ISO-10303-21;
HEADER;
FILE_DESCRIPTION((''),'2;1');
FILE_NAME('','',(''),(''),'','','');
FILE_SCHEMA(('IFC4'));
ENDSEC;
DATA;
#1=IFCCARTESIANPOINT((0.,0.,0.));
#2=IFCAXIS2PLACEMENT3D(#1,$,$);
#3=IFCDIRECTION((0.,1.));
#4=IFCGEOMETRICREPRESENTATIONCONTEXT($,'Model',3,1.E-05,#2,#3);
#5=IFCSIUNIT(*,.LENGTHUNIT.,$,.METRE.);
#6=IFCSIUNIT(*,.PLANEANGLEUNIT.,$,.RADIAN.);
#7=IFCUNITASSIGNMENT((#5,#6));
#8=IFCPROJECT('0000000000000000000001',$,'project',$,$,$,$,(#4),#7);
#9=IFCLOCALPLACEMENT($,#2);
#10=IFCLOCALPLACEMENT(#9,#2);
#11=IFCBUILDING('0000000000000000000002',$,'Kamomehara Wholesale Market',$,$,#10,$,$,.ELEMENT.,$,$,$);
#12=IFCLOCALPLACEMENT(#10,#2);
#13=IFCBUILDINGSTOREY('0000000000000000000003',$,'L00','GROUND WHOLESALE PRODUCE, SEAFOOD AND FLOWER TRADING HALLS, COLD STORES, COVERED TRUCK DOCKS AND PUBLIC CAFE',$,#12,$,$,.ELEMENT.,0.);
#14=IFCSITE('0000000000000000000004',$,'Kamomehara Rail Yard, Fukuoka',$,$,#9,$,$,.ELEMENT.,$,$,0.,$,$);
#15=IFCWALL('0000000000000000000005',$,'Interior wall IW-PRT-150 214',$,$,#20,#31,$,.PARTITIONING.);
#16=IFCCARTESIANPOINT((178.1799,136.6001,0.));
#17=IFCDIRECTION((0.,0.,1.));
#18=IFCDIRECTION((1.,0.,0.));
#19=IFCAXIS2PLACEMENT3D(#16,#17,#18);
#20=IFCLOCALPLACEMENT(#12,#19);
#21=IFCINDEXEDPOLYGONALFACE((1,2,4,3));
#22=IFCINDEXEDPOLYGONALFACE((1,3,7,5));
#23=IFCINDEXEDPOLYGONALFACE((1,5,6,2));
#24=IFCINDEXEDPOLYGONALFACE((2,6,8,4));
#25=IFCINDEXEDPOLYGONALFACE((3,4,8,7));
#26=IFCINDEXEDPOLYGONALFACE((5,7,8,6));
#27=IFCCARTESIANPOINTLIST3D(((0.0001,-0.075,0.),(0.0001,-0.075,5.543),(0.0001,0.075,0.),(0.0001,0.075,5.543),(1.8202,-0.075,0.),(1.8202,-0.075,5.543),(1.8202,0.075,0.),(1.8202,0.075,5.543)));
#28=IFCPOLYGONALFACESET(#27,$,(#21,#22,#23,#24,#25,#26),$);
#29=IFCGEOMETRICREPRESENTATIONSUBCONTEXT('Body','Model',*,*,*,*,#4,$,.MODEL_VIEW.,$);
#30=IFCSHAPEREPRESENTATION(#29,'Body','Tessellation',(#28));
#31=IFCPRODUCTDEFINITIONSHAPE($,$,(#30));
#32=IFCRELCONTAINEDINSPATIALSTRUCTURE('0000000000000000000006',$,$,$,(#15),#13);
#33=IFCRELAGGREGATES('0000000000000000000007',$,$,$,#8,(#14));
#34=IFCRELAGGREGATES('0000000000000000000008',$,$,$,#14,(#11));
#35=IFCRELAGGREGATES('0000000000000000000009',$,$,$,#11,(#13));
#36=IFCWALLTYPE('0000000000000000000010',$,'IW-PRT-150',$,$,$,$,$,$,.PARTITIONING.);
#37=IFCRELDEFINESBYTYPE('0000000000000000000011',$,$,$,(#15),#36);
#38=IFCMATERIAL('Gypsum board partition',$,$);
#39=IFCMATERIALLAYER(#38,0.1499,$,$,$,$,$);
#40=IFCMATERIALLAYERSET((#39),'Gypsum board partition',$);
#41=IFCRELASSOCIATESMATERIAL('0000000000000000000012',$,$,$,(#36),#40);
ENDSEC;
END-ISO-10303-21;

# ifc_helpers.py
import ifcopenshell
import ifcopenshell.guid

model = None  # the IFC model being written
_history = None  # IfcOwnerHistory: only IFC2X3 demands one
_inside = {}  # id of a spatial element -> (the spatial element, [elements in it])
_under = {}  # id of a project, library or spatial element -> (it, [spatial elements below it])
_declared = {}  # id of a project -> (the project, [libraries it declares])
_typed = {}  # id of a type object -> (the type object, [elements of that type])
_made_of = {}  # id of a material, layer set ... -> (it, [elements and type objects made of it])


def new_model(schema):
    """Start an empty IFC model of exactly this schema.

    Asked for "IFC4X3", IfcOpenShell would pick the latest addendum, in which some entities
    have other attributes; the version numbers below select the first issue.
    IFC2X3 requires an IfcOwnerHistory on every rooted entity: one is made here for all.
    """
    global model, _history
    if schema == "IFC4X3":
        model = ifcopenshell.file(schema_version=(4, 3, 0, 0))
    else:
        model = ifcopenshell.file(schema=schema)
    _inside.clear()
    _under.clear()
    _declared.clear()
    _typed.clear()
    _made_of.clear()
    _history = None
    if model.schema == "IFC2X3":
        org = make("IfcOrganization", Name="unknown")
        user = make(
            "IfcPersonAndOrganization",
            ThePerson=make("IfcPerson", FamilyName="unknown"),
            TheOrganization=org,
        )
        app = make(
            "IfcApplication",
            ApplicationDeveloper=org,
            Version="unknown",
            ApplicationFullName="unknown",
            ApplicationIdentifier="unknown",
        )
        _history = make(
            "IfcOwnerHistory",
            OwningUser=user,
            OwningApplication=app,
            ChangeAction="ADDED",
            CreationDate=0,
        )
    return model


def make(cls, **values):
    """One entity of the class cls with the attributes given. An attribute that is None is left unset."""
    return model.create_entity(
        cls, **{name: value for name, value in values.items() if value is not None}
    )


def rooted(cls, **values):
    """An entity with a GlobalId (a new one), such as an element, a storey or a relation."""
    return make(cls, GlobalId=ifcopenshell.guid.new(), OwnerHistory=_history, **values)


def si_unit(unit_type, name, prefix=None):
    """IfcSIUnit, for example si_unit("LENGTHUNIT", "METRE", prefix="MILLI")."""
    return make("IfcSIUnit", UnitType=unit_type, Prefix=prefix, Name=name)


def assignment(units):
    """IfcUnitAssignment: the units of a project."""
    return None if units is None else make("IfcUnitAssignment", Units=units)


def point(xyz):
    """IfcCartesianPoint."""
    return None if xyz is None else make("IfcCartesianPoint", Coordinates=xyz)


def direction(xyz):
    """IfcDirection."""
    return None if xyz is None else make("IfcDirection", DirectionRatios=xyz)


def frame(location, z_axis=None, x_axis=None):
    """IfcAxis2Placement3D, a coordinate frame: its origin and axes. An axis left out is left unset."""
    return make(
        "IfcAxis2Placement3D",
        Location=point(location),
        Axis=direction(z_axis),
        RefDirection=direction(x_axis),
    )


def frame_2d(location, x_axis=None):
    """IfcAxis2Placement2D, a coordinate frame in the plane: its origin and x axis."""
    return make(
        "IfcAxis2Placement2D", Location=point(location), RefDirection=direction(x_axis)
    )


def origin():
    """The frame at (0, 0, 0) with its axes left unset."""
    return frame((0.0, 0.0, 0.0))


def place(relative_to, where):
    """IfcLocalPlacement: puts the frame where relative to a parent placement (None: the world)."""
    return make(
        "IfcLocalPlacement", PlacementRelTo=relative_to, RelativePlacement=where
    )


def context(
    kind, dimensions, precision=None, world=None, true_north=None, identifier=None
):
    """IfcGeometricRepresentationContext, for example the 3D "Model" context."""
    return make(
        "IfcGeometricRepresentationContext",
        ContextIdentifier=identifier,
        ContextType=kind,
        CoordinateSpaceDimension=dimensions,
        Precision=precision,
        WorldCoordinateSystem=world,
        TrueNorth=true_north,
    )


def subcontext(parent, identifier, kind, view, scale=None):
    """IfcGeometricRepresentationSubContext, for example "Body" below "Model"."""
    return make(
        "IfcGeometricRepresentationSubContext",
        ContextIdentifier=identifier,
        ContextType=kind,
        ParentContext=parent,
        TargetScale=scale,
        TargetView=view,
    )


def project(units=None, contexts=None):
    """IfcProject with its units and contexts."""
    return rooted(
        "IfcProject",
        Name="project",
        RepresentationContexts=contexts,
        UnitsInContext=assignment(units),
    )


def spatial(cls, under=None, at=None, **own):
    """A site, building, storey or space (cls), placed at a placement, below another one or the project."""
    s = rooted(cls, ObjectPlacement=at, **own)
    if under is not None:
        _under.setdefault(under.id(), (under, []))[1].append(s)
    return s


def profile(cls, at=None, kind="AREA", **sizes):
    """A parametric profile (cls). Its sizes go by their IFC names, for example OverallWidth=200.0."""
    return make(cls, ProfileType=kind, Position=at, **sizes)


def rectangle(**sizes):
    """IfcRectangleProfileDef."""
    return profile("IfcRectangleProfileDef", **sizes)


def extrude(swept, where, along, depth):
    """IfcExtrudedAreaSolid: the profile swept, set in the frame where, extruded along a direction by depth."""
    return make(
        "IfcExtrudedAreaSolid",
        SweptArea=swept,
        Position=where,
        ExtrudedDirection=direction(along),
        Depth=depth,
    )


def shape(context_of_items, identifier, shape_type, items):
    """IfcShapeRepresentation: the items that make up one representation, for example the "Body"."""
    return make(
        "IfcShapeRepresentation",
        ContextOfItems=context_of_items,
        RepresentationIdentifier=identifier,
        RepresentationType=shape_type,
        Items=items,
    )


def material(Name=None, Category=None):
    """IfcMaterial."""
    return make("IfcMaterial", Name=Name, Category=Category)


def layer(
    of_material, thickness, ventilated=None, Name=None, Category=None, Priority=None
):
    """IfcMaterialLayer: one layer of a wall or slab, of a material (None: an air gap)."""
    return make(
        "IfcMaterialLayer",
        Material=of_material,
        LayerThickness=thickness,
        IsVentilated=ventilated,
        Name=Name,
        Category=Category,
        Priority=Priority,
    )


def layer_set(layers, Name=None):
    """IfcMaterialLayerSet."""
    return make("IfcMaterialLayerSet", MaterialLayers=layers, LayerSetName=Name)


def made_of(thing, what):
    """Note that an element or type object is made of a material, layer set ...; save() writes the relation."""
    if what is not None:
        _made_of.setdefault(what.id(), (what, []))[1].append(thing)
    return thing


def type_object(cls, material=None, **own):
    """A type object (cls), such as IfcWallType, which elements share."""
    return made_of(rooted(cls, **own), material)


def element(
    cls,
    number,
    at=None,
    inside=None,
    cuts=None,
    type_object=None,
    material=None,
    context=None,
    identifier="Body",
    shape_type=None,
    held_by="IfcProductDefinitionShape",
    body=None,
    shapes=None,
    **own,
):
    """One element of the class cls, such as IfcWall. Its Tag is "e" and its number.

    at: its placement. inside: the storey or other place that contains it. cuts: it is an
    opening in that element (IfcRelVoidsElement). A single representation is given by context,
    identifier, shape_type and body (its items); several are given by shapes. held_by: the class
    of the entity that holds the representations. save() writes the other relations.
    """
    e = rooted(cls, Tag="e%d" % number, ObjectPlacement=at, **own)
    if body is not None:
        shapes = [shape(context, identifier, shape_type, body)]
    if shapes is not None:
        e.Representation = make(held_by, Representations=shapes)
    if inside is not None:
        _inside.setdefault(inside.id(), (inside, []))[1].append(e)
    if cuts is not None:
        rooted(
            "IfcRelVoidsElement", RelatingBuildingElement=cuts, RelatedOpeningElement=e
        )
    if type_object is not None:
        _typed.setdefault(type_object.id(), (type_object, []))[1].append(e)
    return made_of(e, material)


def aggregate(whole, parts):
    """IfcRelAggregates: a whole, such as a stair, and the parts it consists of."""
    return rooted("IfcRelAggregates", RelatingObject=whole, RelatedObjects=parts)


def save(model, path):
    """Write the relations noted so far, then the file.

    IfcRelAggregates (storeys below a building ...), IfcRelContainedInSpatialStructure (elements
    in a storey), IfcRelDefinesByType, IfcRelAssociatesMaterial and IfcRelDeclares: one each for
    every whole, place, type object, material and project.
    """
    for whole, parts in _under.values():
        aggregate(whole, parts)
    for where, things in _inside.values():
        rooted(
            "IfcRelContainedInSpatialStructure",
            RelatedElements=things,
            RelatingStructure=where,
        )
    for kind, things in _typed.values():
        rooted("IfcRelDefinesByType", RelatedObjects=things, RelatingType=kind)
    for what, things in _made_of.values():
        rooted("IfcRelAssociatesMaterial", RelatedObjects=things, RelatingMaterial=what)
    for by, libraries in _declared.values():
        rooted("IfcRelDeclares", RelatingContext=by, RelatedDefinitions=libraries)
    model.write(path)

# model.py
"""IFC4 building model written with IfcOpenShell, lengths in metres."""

from ifc_helpers import new_model, si_unit, direction, frame, frame_2d, origin, place, context, subcontext, project, spatial, rectangle, extrude, material, layer, layer_set, type_object, element, save


model = new_model("IFC4")

# Units and contexts
model_context = context("Model", 3, precision=1e-05, world=origin(), true_north=direction((0.0, 1.0)))
body_context = subcontext(model_context, "Body", "Model", "MODEL_VIEW")
ifc_project = project(units=[si_unit("LENGTHUNIT", "METRE"), si_unit("PLANEANGLEUNIT", "RADIAN")], contexts=[model_context])

# Site, building, storey
site_placement = place(None, origin())
site = spatial("IfcSite", under=ifc_project, at=site_placement, Name="Kamomehara Rail Yard, Fukuoka", CompositionType="ELEMENT", RefElevation=0.0)
building_placement = place(site_placement, origin())
building = spatial("IfcBuilding", under=site, at=building_placement, Name="Kamomehara Wholesale Market", CompositionType="ELEMENT")
storey_placement = place(building_placement, origin())
storey = spatial("IfcBuildingStorey", under=building, at=storey_placement, Name="L00", Description="GROUND WHOLESALE PRODUCE, SEAFOOD AND FLOWER TRADING HALLS, COLD STORES, COVERED TRUCK DOCKS AND PUBLIC CAFE", CompositionType="ELEMENT", Elevation=0.0)

# Wall
ifc_material_1 = material(Name="Gypsum board partition")
ifc_layer_1 = layer(ifc_material_1, 0.1499)
ifc_layer_set_1 = layer_set([ifc_layer_1], Name="Gypsum board partition")
wall_type_1 = type_object("IfcWallType", Name="IW-PRT-150", PredefinedType="PARTITIONING", material=ifc_layer_set_1)
wall_1_placement = place(storey_placement, frame((178.1799, 136.6001, 0.0), z_axis=(0.0, 0.0, 1.0), x_axis=(1.0, 0.0, 0.0)))
element("IfcWall", 1, at=wall_1_placement, inside=storey, type_object=wall_type_1, Name="Interior wall IW-PRT-150 214", PredefinedType="PARTITIONING", context=body_context, shape_type="SweptSolid", body=[
    extrude(rectangle(XDim=1.8201, YDim=0.1499, at=frame_2d((0.9102, 0.0))), origin(), (0.0, 0.0, 1.0), 5.543),
])

save(model, "model.ifc")
